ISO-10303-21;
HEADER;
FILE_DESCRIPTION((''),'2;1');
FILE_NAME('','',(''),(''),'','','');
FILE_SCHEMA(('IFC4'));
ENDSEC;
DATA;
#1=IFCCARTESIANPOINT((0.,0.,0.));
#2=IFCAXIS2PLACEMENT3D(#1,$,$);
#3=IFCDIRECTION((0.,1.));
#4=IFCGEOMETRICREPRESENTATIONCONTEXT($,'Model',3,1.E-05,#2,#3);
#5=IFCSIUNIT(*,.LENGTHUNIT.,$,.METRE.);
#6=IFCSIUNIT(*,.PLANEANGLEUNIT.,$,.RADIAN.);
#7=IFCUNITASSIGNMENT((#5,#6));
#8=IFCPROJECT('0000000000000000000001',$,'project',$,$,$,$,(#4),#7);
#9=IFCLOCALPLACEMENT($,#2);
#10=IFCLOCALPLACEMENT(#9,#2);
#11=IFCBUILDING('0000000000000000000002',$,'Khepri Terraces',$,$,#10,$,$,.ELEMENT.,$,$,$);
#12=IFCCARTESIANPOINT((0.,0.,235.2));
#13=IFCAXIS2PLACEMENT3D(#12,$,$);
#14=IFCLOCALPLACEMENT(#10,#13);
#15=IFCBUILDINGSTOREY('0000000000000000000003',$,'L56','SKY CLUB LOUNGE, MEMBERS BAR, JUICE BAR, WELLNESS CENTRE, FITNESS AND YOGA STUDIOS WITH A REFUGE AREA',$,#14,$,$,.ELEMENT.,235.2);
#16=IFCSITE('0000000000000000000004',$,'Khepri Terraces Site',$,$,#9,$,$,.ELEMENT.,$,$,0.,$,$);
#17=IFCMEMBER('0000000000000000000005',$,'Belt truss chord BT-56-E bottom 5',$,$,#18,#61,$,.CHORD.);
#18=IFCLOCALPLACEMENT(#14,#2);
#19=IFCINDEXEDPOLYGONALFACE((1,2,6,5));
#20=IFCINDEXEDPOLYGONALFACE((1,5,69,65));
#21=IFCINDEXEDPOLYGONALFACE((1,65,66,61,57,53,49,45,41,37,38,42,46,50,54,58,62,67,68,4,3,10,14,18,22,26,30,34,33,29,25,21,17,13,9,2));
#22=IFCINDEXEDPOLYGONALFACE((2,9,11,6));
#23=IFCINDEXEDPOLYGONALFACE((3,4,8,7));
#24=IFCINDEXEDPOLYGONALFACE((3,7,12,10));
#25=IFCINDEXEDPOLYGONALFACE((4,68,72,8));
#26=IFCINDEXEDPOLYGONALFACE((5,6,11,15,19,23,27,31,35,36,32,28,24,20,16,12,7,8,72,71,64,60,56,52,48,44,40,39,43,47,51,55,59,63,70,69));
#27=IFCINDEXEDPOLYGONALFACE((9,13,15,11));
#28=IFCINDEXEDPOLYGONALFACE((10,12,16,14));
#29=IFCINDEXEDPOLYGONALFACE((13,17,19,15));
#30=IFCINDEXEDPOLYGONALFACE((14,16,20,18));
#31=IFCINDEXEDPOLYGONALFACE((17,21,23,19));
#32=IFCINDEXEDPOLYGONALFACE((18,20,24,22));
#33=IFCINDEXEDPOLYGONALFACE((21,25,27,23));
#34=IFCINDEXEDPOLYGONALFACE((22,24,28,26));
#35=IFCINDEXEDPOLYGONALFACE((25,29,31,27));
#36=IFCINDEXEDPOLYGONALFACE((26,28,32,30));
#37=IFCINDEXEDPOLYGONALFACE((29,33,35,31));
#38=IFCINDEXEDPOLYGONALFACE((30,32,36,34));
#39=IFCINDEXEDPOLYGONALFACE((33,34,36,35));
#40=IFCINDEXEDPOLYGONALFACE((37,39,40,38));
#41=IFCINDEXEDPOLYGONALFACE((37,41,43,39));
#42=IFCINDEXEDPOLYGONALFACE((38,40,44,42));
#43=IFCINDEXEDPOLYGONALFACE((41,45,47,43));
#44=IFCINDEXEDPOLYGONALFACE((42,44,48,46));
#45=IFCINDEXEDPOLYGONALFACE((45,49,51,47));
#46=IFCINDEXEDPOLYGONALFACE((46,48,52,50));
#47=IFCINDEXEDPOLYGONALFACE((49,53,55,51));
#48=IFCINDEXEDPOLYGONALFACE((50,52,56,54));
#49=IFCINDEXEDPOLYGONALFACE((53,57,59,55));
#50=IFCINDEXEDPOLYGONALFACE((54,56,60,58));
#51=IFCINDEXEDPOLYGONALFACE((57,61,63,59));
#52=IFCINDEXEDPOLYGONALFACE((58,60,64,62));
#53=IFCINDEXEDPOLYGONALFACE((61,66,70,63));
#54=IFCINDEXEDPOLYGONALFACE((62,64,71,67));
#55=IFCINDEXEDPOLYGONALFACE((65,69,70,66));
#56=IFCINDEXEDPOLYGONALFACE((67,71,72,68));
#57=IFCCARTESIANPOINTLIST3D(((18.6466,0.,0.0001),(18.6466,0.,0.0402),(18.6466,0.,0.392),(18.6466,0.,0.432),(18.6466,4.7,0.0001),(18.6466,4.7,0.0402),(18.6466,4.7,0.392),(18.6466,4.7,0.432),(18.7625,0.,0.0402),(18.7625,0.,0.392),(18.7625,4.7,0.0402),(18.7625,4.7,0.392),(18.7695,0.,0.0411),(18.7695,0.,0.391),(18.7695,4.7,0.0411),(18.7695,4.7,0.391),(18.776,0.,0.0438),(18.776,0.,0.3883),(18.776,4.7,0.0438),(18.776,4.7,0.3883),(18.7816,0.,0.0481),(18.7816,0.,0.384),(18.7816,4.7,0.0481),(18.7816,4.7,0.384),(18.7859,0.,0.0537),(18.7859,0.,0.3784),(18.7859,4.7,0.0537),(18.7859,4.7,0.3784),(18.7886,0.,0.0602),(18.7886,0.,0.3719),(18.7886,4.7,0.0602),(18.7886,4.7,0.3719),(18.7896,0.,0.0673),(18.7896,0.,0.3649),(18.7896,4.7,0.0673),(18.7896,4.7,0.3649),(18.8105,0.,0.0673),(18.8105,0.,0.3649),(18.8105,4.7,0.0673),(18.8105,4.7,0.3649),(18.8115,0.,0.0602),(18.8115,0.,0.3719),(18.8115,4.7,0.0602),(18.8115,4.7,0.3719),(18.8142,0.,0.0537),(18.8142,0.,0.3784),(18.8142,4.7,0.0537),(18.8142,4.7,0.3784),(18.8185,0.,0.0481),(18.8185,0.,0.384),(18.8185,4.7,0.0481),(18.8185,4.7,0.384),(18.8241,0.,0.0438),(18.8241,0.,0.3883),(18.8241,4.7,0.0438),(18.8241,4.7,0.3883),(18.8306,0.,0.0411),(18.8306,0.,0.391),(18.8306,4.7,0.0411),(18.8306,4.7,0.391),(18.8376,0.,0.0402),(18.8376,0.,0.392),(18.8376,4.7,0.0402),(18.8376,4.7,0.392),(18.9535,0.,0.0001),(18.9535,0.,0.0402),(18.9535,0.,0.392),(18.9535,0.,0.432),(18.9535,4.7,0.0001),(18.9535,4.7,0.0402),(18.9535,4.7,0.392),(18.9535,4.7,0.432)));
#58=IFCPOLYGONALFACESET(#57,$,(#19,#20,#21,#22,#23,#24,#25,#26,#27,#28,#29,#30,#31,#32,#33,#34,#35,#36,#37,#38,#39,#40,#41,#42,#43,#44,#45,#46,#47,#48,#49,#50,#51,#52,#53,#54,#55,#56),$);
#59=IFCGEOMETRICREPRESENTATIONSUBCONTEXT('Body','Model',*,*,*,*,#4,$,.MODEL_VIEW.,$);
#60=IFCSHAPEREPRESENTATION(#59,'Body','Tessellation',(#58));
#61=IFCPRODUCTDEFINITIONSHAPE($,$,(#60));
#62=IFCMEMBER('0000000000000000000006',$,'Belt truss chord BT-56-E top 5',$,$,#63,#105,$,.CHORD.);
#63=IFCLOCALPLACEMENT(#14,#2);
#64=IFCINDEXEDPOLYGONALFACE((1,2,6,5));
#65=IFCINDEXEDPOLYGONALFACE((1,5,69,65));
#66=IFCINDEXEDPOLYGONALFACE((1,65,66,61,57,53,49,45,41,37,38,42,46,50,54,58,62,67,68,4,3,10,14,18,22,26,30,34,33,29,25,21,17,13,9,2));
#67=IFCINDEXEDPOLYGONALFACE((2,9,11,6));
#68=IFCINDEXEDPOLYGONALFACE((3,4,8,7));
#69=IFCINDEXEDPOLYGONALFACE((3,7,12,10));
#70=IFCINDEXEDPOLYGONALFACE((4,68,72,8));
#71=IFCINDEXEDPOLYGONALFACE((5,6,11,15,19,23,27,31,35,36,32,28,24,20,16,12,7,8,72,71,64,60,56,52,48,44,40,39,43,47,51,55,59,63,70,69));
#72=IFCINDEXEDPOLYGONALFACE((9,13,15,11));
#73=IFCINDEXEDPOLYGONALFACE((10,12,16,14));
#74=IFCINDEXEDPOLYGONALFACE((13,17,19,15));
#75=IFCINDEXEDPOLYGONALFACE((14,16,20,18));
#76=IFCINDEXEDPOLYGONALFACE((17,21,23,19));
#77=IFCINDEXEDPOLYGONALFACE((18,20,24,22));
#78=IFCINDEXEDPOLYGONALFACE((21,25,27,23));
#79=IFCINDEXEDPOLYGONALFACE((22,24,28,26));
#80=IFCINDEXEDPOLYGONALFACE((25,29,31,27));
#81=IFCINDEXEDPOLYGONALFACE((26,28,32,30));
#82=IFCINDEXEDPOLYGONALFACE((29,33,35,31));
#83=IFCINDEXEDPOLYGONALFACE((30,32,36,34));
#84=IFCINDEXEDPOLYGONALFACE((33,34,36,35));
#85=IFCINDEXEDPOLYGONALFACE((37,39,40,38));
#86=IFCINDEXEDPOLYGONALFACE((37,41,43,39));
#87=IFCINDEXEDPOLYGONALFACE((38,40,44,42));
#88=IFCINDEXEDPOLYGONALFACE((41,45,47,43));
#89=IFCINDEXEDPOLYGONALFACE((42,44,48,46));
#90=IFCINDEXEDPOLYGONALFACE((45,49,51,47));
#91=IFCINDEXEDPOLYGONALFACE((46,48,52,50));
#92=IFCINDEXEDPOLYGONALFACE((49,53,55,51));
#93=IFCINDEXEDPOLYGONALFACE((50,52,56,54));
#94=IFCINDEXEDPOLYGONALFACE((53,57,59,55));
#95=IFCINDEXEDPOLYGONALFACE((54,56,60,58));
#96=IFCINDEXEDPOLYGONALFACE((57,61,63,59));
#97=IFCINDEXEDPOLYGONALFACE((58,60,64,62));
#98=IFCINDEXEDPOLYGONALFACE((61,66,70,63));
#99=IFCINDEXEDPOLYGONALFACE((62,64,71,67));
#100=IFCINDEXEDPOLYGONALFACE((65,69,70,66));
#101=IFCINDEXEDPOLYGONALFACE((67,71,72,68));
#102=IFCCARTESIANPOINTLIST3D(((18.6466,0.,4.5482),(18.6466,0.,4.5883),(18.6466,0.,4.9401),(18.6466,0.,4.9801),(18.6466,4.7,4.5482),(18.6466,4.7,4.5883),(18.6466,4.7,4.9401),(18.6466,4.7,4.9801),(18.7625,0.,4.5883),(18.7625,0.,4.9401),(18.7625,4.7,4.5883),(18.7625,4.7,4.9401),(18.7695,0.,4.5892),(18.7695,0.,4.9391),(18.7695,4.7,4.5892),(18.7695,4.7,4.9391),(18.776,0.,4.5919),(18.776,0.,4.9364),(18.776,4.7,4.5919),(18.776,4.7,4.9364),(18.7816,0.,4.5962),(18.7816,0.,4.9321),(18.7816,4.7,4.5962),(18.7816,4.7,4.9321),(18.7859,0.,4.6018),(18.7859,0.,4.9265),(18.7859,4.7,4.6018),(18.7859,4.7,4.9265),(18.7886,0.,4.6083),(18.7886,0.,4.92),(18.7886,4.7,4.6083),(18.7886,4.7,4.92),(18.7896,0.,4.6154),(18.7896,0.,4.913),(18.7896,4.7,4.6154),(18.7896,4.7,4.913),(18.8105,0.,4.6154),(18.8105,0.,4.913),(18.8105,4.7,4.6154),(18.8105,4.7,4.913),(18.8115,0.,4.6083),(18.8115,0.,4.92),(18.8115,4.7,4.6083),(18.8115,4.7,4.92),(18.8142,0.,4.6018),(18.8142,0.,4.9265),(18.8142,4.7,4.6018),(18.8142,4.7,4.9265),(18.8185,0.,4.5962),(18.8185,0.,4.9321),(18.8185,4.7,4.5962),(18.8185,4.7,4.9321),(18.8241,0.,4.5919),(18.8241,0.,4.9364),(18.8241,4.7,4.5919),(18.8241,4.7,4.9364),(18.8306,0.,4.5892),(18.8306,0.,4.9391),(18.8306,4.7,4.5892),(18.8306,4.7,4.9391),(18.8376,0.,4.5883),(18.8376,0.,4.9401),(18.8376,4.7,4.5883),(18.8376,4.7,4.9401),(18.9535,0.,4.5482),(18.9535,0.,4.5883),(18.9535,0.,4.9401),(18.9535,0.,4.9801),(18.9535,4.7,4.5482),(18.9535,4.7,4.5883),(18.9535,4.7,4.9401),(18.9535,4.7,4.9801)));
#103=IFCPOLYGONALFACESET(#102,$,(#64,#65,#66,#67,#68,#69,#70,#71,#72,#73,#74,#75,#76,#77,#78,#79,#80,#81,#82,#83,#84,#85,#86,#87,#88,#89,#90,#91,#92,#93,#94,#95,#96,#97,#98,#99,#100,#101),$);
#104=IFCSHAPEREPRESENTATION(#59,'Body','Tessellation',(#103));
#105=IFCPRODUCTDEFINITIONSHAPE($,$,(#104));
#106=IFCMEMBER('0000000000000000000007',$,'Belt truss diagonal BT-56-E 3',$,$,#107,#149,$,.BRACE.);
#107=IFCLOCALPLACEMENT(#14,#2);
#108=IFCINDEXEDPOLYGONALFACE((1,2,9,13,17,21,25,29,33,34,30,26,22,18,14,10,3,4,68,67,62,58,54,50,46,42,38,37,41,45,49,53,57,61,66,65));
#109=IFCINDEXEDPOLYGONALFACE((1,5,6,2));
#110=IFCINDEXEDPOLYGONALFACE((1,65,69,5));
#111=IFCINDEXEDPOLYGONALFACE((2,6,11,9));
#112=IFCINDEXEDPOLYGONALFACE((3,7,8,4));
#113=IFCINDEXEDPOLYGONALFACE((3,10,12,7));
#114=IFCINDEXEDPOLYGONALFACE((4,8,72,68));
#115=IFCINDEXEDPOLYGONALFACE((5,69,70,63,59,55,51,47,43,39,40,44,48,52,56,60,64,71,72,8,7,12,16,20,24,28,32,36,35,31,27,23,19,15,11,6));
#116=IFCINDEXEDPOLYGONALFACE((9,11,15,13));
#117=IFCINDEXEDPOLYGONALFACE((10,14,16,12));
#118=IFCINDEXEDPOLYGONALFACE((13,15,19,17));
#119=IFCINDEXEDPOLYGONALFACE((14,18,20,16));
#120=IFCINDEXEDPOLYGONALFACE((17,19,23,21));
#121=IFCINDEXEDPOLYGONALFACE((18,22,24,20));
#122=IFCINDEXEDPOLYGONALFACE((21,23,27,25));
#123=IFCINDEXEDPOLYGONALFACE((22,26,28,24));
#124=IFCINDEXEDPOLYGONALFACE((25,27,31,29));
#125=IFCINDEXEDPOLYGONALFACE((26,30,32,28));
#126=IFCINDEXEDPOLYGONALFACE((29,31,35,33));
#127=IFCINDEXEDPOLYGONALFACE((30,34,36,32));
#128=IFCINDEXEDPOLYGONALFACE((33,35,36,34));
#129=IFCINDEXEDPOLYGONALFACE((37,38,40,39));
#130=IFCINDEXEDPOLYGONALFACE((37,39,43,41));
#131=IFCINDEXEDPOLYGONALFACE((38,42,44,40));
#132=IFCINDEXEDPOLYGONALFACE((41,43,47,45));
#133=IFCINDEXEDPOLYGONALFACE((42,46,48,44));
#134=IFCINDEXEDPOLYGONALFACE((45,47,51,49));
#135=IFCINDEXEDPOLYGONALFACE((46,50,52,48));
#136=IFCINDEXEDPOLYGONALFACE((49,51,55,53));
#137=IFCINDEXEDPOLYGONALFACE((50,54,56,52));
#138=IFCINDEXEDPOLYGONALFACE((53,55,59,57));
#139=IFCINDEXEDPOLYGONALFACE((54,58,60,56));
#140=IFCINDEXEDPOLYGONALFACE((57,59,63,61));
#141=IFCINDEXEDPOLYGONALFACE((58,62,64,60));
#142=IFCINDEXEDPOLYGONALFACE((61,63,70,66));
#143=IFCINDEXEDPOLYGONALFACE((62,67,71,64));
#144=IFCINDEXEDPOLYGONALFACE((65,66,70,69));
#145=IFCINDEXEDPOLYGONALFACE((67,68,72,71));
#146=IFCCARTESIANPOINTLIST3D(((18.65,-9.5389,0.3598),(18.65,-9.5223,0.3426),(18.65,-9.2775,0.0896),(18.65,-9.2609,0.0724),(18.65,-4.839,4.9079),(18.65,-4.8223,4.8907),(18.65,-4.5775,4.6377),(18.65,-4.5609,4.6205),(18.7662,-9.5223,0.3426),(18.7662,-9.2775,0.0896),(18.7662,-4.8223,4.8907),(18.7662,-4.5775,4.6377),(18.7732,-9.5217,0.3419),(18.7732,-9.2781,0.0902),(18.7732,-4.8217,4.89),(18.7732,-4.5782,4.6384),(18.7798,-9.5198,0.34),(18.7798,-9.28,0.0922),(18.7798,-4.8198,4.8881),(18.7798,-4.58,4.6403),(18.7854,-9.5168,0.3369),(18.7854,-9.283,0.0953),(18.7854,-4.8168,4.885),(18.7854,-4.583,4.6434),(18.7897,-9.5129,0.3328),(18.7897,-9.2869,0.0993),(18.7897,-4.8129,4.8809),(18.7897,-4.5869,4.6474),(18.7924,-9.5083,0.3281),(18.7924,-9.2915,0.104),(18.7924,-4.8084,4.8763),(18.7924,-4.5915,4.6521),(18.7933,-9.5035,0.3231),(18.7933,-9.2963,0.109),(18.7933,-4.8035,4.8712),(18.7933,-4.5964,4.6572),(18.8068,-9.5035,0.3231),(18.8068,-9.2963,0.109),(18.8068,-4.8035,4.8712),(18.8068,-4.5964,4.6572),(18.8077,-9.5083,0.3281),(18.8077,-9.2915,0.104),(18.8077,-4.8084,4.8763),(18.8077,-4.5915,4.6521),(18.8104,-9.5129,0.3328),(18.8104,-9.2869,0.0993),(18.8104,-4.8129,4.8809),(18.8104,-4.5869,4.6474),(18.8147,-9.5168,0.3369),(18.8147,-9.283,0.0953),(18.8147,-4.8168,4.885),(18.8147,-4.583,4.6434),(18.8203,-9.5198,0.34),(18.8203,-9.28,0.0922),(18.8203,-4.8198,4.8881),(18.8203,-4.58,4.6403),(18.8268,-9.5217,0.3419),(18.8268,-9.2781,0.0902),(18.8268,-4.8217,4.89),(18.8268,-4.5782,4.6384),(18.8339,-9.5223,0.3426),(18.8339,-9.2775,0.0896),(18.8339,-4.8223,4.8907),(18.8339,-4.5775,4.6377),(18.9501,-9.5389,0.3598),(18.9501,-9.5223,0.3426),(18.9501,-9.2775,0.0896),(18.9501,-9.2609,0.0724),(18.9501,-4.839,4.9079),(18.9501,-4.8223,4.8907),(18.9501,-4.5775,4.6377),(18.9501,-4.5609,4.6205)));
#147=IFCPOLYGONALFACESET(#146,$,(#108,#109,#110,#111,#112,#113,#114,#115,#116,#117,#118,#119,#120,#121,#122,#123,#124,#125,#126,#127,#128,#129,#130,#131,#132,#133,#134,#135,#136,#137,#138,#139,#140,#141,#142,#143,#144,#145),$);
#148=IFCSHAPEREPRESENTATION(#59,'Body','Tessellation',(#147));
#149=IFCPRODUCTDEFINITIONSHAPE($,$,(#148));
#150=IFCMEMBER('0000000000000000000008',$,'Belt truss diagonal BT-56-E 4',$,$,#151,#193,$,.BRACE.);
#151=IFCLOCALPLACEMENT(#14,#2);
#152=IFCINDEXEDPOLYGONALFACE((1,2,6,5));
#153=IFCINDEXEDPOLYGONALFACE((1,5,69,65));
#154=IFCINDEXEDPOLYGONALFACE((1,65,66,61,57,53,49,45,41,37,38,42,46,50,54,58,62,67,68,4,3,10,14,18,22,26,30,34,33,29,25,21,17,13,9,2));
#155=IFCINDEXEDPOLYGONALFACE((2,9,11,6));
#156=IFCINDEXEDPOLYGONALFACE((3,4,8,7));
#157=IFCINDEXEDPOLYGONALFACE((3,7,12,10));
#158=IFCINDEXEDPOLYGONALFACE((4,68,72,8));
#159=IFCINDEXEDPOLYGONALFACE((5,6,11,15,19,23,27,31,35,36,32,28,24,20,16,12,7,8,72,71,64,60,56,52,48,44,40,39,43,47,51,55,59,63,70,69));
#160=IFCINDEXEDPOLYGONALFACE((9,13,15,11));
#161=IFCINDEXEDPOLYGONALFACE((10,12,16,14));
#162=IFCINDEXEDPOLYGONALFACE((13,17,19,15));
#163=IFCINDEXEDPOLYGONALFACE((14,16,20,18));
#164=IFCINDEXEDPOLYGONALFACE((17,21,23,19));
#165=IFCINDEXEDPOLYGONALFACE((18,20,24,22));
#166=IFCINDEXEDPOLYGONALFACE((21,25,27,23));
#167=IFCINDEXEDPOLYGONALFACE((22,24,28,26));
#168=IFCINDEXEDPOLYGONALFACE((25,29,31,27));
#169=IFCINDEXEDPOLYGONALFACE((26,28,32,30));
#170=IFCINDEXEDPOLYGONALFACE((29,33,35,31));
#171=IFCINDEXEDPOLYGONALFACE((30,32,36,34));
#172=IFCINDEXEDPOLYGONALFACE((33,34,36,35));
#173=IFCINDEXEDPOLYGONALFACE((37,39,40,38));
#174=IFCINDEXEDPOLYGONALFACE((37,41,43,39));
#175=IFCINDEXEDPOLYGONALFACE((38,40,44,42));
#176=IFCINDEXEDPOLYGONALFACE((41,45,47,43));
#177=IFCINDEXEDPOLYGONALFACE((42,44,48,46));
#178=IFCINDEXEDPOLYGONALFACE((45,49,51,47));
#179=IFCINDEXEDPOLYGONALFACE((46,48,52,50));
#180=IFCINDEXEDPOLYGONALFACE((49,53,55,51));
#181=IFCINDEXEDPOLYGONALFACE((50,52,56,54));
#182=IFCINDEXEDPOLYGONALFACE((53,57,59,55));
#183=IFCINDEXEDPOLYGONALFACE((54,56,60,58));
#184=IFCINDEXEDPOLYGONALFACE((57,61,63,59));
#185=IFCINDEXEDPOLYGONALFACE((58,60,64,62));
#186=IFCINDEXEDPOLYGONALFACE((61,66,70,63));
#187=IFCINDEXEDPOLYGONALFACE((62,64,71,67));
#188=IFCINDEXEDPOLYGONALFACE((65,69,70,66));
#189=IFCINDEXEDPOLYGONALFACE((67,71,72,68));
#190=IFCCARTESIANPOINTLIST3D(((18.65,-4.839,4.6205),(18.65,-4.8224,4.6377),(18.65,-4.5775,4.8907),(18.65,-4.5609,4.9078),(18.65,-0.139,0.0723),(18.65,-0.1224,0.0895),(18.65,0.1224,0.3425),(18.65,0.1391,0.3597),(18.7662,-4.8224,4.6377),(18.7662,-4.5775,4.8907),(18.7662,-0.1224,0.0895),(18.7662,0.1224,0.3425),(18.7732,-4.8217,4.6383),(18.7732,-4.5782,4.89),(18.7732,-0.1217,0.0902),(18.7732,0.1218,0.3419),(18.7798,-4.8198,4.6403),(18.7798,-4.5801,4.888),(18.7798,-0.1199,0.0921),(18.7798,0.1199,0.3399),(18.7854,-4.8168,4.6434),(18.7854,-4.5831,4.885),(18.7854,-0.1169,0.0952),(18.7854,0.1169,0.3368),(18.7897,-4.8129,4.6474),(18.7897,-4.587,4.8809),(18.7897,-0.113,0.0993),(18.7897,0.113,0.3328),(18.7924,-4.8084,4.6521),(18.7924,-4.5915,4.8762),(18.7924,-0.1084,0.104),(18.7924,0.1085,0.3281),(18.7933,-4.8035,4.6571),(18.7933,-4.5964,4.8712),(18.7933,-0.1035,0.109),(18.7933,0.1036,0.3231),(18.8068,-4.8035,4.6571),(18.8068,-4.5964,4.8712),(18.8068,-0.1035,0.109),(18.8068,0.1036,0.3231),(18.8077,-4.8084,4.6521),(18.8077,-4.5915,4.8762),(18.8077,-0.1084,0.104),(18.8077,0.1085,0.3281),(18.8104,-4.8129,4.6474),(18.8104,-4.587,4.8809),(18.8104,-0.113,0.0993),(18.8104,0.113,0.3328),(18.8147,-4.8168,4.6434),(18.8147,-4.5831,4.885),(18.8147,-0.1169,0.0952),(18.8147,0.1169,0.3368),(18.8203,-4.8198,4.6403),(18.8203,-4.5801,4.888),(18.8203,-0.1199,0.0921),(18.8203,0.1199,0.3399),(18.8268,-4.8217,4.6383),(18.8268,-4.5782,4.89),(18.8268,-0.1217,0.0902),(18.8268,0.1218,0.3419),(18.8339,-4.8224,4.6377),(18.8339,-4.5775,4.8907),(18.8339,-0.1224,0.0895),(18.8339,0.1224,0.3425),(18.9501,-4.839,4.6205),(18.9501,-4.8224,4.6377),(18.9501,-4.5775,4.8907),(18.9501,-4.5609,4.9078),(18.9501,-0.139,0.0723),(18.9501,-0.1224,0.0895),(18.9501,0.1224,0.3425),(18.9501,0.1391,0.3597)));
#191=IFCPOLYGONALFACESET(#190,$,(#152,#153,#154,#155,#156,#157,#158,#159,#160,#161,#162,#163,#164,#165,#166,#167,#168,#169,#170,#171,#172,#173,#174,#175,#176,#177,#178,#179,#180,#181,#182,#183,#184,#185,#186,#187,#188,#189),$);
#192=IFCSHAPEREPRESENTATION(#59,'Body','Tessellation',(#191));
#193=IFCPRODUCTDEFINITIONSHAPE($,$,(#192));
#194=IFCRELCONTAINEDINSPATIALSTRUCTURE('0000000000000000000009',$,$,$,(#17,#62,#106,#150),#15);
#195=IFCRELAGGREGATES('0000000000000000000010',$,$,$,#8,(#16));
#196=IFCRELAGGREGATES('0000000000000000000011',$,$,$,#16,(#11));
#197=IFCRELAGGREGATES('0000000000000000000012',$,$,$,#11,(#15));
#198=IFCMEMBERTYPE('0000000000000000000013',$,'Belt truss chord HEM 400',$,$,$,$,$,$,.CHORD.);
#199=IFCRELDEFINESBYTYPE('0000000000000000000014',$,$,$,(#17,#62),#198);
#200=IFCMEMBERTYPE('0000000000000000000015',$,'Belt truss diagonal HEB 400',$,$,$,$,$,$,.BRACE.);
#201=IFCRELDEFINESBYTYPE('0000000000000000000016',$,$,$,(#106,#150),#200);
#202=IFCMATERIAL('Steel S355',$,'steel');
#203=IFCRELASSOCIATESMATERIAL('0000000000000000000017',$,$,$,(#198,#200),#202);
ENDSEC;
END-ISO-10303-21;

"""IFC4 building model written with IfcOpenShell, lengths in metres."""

from ifc_helpers import new_model, si_unit, direction, frame, origin, origin_2d, place, context, subcontext, project, spatial, i_section, extrude, material, material_profile, profile_set, type_object, element, save


model = new_model("IFC4")

# Units and contexts
model_context = context("Model", 3, precision=1e-05, world=origin(), true_north=direction((0.0, 1.0)))
body_context = subcontext(model_context, "Body", "Model", "MODEL_VIEW")
ifc_project = project(units=[si_unit("LENGTHUNIT", "METRE"), si_unit("PLANEANGLEUNIT", "RADIAN")], contexts=[model_context])

# Site, building, storey
site_placement = place(None, origin())
site = spatial("IfcSite", under=ifc_project, at=site_placement, Name="Khepri Terraces Site", CompositionType="ELEMENT", RefElevation=0.0)
building_placement = place(site_placement, origin())
building = spatial("IfcBuilding", under=site, at=building_placement, Name="Khepri Terraces", CompositionType="ELEMENT")
storey_placement = place(building_placement, frame((0.0, 0.0, 235.2)))
storey = spatial("IfcBuildingStorey", under=building, at=storey_placement, Name="L56", Description="SKY CLUB LOUNGE, MEMBERS BAR, JUICE BAR, WELLNESS CENTRE, FITNESS AND YOGA STUDIOS WITH A REFUGE AREA", CompositionType="ELEMENT", Elevation=235.2)

# Members
ifc_material_1 = material(Name="Steel S355", Category="steel")
ifc_material_profile_1 = material_profile(ifc_material_1, i_section(OverallWidth=0.3069, OverallDepth=0.4319, WebThickness=0.021, FlangeThickness=0.04, FilletRadius=0.0271, at=origin_2d()), Name="Steel S355", Category="steel")
ifc_profile_set_1 = profile_set([ifc_material_profile_1], Name="Steel S355")
member_type_1 = type_object("IfcMemberType", Name="Belt truss chord HEM 400", PredefinedType="CHORD", material=ifc_profile_set_1)
for number, where, z_axis, x_axis, name in (
    (1, (18.8, 0.0, 0.2161), (0.0, 1.0, 0.0), (-1.0, 0.0, 0.0), "Belt truss chord BT-56-E bottom 5"),
    (2, (18.8, 0.0, 4.7642), (0.0, 1.0, 0.0), (-1.0, 0.0, 0.0), "Belt truss chord BT-56-E top 5"),
):
    element("IfcMember", number, at=place(storey_placement, frame(where, z_axis=z_axis, x_axis=x_axis)), inside=storey, type_object=member_type_1, Name=name, PredefinedType="CHORD", context=body_context, shape_type="SweptSolid", body=[
        extrude(i_section(OverallWidth=0.3069, OverallDepth=0.4319, WebThickness=0.021, FlangeThickness=0.04, FilletRadius=0.0271, at=origin_2d()), origin(), (0.0, 0.0, 1.0), 4.7),
    ])
ifc_material_profile_2 = material_profile(ifc_material_1, i_section(OverallWidth=0.3, OverallDepth=0.3999, WebThickness=0.0134, FlangeThickness=0.0239, FilletRadius=0.0271, at=origin_2d()), Name="Steel S355", Category="steel")
ifc_profile_set_2 = profile_set([ifc_material_profile_2], Name="Steel S355")
member_type_2 = type_object("IfcMemberType", Name="Belt truss diagonal HEB 400", PredefinedType="BRACE", material=ifc_profile_set_2)
for number, where, z_axis, x_axis, name in (
    (3, (18.8, -9.3999, 0.2161), (0.0, 0.718621, 0.695402), (-1.0, 0.0, 0.0), "Belt truss diagonal BT-56-E 3"),
    (4, (18.8, -4.7, 4.7642), (0.0, 0.718621, -0.695402), (-1.0, 0.0, 0.0), "Belt truss diagonal BT-56-E 4"),
):
    element("IfcMember", number, at=place(storey_placement, frame(where, z_axis=z_axis, x_axis=x_axis)), inside=storey, type_object=member_type_2, Name=name, PredefinedType="BRACE", context=body_context, shape_type="SweptSolid", body=[
        extrude(i_section(OverallWidth=0.3, OverallDepth=0.3999, WebThickness=0.0134, FlangeThickness=0.0239, FilletRadius=0.0271, at=origin_2d()), origin(), (0.0, 0.0, 1.0), 6.5403),
    ])

save(model, "model.ifc")
